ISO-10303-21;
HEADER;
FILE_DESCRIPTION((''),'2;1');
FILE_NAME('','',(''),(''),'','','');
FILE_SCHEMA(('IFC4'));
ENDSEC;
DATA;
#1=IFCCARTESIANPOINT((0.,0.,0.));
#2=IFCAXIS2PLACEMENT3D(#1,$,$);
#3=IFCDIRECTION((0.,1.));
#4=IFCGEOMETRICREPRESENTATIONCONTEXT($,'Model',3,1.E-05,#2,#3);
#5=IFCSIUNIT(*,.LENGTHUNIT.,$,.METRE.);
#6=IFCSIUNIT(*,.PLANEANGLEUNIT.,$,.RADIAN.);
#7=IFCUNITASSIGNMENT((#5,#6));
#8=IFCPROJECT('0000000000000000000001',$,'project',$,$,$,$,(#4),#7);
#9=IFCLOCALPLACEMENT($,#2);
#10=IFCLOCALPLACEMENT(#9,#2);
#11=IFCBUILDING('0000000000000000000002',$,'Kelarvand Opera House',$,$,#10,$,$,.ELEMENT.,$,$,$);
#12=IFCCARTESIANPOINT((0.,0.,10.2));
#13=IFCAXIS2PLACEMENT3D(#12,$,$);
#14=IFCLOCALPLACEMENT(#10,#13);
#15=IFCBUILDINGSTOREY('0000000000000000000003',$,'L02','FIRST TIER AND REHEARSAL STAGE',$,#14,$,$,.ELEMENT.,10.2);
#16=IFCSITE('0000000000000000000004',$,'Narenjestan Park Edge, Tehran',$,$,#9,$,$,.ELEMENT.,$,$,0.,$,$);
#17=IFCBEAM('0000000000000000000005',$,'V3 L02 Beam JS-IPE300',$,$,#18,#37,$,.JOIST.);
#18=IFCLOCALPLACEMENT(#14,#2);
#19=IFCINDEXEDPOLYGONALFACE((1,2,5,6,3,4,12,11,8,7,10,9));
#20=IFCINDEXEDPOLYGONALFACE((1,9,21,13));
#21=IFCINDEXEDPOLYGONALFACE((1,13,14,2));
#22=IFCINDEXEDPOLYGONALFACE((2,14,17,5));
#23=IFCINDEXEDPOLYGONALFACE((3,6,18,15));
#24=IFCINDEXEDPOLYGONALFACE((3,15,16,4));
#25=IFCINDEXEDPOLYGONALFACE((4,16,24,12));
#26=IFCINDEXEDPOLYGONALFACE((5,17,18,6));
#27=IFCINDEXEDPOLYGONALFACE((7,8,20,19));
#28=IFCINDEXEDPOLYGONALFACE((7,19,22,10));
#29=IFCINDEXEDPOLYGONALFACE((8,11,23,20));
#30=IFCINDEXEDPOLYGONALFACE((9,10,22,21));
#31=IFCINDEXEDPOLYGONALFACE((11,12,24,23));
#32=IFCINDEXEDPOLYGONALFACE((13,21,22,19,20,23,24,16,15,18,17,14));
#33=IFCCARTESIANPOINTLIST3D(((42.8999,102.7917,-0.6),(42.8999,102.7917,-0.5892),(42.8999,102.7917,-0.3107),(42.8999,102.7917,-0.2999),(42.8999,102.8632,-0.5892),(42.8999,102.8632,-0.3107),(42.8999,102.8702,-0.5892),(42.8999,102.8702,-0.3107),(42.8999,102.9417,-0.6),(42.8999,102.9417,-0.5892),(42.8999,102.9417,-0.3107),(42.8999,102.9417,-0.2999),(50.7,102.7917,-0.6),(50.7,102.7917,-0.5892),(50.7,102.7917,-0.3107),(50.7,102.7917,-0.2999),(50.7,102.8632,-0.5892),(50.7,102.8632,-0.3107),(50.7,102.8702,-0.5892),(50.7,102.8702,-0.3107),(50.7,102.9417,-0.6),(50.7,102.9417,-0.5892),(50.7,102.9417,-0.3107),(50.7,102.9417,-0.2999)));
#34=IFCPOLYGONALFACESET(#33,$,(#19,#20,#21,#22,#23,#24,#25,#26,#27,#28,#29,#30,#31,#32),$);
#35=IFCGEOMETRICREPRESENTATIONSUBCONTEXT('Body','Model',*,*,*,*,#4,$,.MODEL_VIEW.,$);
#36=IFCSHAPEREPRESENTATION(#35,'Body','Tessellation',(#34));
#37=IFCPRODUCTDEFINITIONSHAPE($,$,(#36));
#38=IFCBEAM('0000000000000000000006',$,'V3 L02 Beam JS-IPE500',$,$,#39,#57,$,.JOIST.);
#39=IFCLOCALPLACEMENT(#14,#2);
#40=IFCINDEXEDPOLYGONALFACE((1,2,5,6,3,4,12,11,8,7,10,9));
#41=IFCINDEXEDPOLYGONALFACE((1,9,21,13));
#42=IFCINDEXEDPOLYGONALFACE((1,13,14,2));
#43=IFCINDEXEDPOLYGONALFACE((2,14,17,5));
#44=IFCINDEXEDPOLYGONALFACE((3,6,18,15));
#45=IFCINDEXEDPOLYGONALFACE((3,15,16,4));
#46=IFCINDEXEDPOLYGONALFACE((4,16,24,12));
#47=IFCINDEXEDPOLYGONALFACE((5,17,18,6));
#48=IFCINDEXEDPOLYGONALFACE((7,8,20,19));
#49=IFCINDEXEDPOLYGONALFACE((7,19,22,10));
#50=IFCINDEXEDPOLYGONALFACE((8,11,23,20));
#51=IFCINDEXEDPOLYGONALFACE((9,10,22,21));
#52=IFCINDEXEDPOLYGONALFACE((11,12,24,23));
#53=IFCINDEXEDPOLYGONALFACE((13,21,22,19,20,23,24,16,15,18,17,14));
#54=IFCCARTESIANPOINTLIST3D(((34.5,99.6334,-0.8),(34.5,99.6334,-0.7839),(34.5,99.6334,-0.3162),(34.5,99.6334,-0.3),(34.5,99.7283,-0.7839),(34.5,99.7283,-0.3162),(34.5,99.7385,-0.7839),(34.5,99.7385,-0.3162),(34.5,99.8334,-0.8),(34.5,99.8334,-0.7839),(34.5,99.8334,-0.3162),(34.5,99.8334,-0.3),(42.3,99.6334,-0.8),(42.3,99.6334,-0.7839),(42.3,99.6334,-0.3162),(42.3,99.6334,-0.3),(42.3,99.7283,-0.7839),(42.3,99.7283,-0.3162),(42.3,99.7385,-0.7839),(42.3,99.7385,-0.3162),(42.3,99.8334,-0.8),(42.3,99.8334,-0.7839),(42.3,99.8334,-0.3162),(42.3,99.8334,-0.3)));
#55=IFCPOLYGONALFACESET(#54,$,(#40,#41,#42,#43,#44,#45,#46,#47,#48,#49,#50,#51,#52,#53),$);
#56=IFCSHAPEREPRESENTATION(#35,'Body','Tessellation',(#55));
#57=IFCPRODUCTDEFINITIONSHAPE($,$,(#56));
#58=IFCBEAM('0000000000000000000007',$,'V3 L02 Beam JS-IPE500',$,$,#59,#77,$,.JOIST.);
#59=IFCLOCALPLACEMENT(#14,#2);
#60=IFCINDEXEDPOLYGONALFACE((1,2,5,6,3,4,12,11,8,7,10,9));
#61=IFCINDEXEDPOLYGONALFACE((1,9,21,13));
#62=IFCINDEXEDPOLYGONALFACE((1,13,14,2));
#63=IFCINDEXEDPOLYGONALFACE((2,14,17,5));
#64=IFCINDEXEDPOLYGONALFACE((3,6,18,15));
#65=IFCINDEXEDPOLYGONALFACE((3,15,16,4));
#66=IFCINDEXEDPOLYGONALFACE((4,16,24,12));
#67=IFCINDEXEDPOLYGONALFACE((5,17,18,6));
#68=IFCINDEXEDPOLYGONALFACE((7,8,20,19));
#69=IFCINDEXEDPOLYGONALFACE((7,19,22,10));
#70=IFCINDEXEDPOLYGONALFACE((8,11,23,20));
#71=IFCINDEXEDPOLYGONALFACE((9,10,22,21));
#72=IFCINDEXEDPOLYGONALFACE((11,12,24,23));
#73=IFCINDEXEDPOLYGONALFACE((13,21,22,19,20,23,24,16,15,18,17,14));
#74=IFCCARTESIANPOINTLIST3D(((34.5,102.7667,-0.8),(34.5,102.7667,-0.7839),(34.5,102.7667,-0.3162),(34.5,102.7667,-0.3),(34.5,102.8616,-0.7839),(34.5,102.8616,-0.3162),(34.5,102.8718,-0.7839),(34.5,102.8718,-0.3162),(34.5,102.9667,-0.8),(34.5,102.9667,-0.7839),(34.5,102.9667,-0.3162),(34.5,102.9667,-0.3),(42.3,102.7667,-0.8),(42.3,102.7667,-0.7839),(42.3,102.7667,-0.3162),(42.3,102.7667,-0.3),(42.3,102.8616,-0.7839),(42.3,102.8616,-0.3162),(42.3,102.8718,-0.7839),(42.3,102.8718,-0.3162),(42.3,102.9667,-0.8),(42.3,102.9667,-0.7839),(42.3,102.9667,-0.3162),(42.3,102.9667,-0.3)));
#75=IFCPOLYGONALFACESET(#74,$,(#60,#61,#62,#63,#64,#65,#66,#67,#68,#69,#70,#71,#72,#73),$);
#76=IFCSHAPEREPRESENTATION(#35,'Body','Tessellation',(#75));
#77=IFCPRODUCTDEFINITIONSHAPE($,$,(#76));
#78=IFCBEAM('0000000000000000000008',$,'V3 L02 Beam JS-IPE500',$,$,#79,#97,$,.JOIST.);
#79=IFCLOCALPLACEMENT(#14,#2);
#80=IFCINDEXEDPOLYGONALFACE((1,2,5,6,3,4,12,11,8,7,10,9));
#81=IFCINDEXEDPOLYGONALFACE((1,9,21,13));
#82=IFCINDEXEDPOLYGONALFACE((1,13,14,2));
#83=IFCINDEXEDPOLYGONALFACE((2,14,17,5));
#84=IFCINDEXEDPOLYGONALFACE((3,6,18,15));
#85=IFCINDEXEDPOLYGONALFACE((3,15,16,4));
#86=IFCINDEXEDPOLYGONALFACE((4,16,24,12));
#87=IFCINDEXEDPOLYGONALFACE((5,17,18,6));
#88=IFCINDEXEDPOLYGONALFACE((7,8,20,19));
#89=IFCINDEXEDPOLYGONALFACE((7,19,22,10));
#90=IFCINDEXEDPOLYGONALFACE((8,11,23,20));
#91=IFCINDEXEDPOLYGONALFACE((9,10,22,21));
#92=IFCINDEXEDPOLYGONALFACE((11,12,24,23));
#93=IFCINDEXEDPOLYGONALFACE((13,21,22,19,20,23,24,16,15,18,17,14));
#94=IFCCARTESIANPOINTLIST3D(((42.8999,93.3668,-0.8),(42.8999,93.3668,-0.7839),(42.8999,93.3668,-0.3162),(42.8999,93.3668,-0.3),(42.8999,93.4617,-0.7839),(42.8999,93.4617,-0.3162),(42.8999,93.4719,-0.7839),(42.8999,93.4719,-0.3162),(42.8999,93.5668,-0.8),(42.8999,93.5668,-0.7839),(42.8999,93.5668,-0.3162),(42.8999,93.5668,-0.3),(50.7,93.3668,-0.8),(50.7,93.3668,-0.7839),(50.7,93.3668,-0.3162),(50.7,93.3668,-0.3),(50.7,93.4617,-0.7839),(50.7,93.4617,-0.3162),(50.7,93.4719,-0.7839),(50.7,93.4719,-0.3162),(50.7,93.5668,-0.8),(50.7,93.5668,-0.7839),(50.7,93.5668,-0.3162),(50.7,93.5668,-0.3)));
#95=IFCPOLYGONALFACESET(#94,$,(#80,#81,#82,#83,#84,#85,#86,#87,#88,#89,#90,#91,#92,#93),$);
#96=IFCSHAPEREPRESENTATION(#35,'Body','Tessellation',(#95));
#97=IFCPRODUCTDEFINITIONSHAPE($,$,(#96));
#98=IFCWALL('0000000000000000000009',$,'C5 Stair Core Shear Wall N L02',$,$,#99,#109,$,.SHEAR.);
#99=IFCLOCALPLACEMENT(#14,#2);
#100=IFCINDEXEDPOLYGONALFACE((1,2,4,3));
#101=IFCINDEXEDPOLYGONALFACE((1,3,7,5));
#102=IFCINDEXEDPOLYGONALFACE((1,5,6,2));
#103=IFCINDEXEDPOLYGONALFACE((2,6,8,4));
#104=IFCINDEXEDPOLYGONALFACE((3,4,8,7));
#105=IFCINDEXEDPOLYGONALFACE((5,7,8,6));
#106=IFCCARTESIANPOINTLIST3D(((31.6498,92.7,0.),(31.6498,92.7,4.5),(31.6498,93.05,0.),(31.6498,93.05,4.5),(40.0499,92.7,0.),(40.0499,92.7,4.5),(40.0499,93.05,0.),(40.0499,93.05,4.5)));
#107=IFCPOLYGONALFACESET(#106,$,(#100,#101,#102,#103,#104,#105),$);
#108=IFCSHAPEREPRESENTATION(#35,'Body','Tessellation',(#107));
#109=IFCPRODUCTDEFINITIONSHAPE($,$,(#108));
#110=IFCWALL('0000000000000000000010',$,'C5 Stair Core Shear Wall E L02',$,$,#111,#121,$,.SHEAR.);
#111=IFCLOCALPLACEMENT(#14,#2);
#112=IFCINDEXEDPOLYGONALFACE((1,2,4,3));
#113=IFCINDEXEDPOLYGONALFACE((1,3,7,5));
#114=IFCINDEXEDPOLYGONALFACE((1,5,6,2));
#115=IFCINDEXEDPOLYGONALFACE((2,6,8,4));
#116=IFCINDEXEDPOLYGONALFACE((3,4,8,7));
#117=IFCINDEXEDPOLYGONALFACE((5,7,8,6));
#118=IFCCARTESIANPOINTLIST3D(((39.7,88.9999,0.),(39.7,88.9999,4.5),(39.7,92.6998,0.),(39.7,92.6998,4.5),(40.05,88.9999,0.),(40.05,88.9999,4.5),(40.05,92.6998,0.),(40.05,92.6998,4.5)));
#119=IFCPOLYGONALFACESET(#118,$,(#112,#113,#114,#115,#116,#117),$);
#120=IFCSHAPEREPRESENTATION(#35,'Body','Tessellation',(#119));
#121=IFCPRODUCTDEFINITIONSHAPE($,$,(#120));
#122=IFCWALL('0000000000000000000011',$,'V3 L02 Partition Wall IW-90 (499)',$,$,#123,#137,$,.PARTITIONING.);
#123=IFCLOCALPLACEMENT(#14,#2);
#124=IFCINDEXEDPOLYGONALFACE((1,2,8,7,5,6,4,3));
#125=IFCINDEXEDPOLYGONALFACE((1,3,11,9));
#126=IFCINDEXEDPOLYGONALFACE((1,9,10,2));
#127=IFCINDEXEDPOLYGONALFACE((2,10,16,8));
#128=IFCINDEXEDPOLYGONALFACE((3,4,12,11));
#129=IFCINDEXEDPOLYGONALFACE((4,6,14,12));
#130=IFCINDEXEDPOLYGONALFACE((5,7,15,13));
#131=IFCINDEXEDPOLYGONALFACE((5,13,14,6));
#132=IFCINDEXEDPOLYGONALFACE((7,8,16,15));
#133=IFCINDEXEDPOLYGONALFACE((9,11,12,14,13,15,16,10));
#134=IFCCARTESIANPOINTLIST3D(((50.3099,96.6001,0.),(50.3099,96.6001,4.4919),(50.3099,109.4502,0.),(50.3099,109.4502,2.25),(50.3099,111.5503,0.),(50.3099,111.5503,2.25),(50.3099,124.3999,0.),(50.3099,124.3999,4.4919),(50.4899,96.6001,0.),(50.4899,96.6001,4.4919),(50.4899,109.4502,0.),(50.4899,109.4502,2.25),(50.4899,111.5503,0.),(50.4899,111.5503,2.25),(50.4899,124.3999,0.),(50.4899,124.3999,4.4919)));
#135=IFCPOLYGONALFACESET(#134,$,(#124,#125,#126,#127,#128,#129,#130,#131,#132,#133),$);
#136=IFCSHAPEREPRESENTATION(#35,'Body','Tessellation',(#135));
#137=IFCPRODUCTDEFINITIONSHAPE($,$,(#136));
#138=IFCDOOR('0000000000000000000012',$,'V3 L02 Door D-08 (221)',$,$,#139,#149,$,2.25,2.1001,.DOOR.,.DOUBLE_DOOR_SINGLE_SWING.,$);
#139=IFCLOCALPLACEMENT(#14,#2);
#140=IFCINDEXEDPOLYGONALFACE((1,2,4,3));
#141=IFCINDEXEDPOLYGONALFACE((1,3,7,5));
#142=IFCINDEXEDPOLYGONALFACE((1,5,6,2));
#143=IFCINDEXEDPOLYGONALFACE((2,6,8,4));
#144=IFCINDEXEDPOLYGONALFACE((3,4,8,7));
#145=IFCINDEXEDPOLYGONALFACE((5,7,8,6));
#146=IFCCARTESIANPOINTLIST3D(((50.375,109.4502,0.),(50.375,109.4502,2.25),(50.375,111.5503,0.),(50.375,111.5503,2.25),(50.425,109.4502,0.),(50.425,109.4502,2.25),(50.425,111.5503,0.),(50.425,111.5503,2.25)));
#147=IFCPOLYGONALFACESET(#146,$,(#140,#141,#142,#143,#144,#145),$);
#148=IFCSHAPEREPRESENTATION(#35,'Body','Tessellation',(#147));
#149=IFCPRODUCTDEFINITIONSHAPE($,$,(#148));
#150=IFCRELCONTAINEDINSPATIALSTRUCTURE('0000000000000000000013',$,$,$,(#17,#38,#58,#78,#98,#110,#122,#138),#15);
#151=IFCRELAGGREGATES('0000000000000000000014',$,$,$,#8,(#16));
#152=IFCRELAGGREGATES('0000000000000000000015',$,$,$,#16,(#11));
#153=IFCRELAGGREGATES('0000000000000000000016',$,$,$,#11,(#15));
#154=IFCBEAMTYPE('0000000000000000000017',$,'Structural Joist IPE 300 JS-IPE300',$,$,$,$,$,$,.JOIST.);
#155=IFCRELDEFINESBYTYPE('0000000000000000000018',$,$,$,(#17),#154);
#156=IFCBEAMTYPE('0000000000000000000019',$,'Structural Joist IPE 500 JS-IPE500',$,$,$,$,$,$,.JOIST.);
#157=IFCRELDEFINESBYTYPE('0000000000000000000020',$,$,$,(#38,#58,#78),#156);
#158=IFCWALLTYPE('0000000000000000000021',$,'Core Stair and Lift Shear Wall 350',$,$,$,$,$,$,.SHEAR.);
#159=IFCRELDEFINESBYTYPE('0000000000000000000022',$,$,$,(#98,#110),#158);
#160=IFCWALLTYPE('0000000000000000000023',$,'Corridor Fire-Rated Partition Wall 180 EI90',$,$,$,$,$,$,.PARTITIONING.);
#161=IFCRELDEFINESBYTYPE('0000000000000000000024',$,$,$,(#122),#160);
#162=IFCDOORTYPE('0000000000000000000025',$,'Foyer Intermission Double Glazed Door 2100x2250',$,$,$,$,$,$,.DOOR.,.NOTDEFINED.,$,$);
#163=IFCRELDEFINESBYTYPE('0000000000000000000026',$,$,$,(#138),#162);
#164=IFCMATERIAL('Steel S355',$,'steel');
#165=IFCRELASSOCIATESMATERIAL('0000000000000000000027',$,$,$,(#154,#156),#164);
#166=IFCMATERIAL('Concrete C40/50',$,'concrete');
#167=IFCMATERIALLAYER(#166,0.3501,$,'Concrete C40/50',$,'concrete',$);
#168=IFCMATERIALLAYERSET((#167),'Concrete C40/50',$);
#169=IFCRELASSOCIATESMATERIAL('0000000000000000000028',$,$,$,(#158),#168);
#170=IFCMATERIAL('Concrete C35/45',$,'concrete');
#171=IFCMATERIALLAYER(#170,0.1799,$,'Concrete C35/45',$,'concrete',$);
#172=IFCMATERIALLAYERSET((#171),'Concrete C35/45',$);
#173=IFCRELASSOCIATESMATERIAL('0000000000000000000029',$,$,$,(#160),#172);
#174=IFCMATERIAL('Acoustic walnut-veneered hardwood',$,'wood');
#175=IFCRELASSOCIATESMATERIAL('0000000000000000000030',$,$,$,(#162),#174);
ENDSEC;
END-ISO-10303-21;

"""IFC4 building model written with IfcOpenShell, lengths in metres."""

from ifc_helpers import new_model, si_unit, direction, frame, frame_2d, origin, origin_2d, place, context, subcontext, project, spatial, rectangle, i_section, extrude, material, layer, layer_set, material_profile, profile_set, type_object, element, fill, save


model = new_model("IFC4")

# Units and contexts
model_context = context("Model", 3, precision=1e-05, world=origin(), true_north=direction((0.0, 1.0)))
body_context = subcontext(model_context, "Body", "Model", "MODEL_VIEW")
ifc_project = project(units=[si_unit("LENGTHUNIT", "METRE"), si_unit("PLANEANGLEUNIT", "RADIAN")], contexts=[model_context])

# Site, building, storey
site_placement = place(None, origin())
site = spatial("IfcSite", under=ifc_project, at=site_placement, Name="Narenjestan Park Edge, Tehran", CompositionType="ELEMENT", RefElevation=0.0)
building_placement = place(site_placement, origin())
building = spatial("IfcBuilding", under=site, at=building_placement, Name="Kelarvand Opera House", CompositionType="ELEMENT")
storey_placement = place(building_placement, frame((0.0, 0.0, 10.2)))
storey = spatial("IfcBuildingStorey", under=building, at=storey_placement, Name="L02", Description="FIRST TIER AND REHEARSAL STAGE", CompositionType="ELEMENT", Elevation=10.2)

# Shared definitions
ifc_material_1 = material(Name="Concrete C40/50", Category="concrete")

# Beams
ifc_material_2 = material(Name="Steel S355", Category="steel")
ifc_material_profile_1 = material_profile(ifc_material_2, i_section(OverallWidth=0.1499, OverallDepth=0.3, WebThickness=0.0071, FlangeThickness=0.0107, at=origin_2d()), Name="IPE 300", Category="steel")
ifc_profile_set_1 = profile_set([ifc_material_profile_1], Name="Steel S355")
beam_type_1 = type_object("IfcBeamType", Name="Structural Joist IPE 300 JS-IPE300", PredefinedType="JOIST", material=ifc_profile_set_1)
for number, where, z_axis, x_axis, name in (
    (1, (42.8999, 102.8667, -0.45), (1.0, 0.0, 0.0), (0.0, 1.0, 0.0), "V3 L02 Beam JS-IPE300"),
):
    element("IfcBeam", number, at=place(storey_placement, frame(where, z_axis=z_axis, x_axis=x_axis)), inside=storey, type_object=beam_type_1, Name=name, PredefinedType="JOIST", context=body_context, shape_type="SweptSolid", body=[
        extrude(i_section(OverallWidth=0.1499, OverallDepth=0.3, WebThickness=0.0071, FlangeThickness=0.0107, at=origin_2d()), origin(), (0.0, 0.0, 1.0), 7.8),
    ])
ifc_material_profile_2 = material_profile(ifc_material_2, i_section(OverallWidth=0.2, OverallDepth=0.5, WebThickness=0.0103, FlangeThickness=0.0161, at=origin_2d()), Name="IPE 500", Category="steel")
ifc_profile_set_2 = profile_set([ifc_material_profile_2], Name="Steel S355")
beam_type_2 = type_object("IfcBeamType", Name="Structural Joist IPE 500 JS-IPE500", PredefinedType="JOIST", material=ifc_profile_set_2)
for number, where, z_axis, x_axis, name in (
    (2, (34.5, 99.7334, -0.55), (1.0, 0.0, 0.0), (0.0, 1.0, 0.0), "V3 L02 Beam JS-IPE500"),
    (3, (34.5, 102.8667, -0.55), (1.0, 0.0, 0.0), (0.0, 1.0, 0.0), "V3 L02 Beam JS-IPE500"),
    (4, (42.8999, 93.4668, -0.55), (1.0, 0.0, 0.0), (0.0, 1.0, 0.0), "V3 L02 Beam JS-IPE500"),
):
    element("IfcBeam", number, at=place(storey_placement, frame(where, z_axis=z_axis, x_axis=x_axis)), inside=storey, type_object=beam_type_2, Name=name, PredefinedType="JOIST", context=body_context, shape_type="SweptSolid", body=[
        extrude(i_section(OverallWidth=0.2, OverallDepth=0.5, WebThickness=0.0103, FlangeThickness=0.0161, at=origin_2d()), origin(), (0.0, 0.0, 1.0), 7.8),
    ])

# Walls
ifc_layer_1 = layer(ifc_material_1, 0.3501, Name="Concrete C40/50", Category="concrete")
ifc_layer_set_1 = layer_set([ifc_layer_1], Name="Concrete C40/50")
wall_type_1 = type_object("IfcWallType", Name="Core Stair and Lift Shear Wall 350", PredefinedType="SHEAR", material=ifc_layer_set_1)
wall_1_placement = place(storey_placement, frame((40.05, 92.875, 0.0), z_axis=(0.0, 0.0, 1.0), x_axis=(-1.0, 0.0, 0.0)))
element("IfcWall", 5, at=wall_1_placement, inside=storey, type_object=wall_type_1, Name="C5 Stair Core Shear Wall N L02", PredefinedType="SHEAR", context=body_context, shape_type="SweptSolid", body=[
    extrude(rectangle(XDim=8.4001, YDim=0.3501, at=frame_2d((4.2002, 0.0))), origin(), (0.0, 0.0, 1.0), 4.5),
])
wall_2_placement = place(storey_placement, frame((39.875, 92.7, 0.0), z_axis=(0.0, 0.0, 1.0), x_axis=(0.0, -1.0, 0.0)))
element("IfcWall", 6, at=wall_2_placement, inside=storey, type_object=wall_type_1, Name="C5 Stair Core Shear Wall E L02", PredefinedType="SHEAR", context=body_context, shape_type="SweptSolid", body=[
    extrude(rectangle(XDim=3.7, YDim=0.3501, at=frame_2d((1.8501, 0.0))), origin(), (0.0, 0.0, 1.0), 4.5),
])

# Wall, opening, door
ifc_material_3 = material(Name="Concrete C35/45", Category="concrete")
ifc_layer_2 = layer(ifc_material_3, 0.1799, Name="Concrete C35/45", Category="concrete")
ifc_layer_set_2 = layer_set([ifc_layer_2], Name="Concrete C35/45")
wall_type_2 = type_object("IfcWallType", Name="Corridor Fire-Rated Partition Wall 180 EI90", PredefinedType="PARTITIONING", material=ifc_layer_set_2)
wall_3_placement = place(storey_placement, frame((50.3999, 96.6001, 0.0), z_axis=(0.0, 0.0, 1.0), x_axis=(0.0, 1.0, 0.0)))
wall_3 = element("IfcWall", 7, at=wall_3_placement, inside=storey, type_object=wall_type_2, Name="V3 L02 Partition Wall IW-90 (499)", PredefinedType="PARTITIONING", context=body_context, shape_type="SweptSolid", body=[
    extrude(rectangle(XDim=27.7998, YDim=0.1799, at=frame_2d((13.8999, 0.0))), origin(), (0.0, 0.0, 1.0), 4.4919),
])
opening_placement = place(wall_3_placement, frame((12.8501, 0.0, 0.0)))
opening = element("IfcOpeningElement", 8, at=opening_placement, cuts=wall_3, PredefinedType="OPENING", context=body_context, shape_type="SweptSolid", body=[
    extrude(rectangle(XDim=2.1001, YDim=2.25, at=frame_2d((1.05, 1.125))), frame((0.0, 0.1001, 0.0), z_axis=(0.0, -1.0, 0.0), x_axis=(1.0, 0.0, 0.0)), (0.0, 0.0, 1.0), 0.2),
])
ifc_material_4 = material(Name="Acoustic walnut-veneered hardwood", Category="wood")
door_type = type_object("IfcDoorType", Name="Foyer Intermission Double Glazed Door 2100x2250", OperationType="NOTDEFINED", PredefinedType="DOOR", material=ifc_material_4)
door_placement = place(opening_placement, origin())
door = element("IfcDoor", 9, at=door_placement, inside=storey, type_object=door_type, Name="V3 L02 Door D-08 (221)", OperationType="DOUBLE_DOOR_SINGLE_SWING", OverallHeight=2.25, OverallWidth=2.1001, PredefinedType="DOOR", context=body_context, shape_type="SweptSolid", body=[
    extrude(rectangle(XDim=2.1001, YDim=2.25, at=frame_2d((1.05, 1.125))), frame((0.0, 0.0249, 0.0), z_axis=(0.0, -1.0, 0.0), x_axis=(1.0, 0.0, 0.0)), (0.0, 0.0, 1.0), 0.05),
])
fill(opening, door)

save(model, "model.ifc")
